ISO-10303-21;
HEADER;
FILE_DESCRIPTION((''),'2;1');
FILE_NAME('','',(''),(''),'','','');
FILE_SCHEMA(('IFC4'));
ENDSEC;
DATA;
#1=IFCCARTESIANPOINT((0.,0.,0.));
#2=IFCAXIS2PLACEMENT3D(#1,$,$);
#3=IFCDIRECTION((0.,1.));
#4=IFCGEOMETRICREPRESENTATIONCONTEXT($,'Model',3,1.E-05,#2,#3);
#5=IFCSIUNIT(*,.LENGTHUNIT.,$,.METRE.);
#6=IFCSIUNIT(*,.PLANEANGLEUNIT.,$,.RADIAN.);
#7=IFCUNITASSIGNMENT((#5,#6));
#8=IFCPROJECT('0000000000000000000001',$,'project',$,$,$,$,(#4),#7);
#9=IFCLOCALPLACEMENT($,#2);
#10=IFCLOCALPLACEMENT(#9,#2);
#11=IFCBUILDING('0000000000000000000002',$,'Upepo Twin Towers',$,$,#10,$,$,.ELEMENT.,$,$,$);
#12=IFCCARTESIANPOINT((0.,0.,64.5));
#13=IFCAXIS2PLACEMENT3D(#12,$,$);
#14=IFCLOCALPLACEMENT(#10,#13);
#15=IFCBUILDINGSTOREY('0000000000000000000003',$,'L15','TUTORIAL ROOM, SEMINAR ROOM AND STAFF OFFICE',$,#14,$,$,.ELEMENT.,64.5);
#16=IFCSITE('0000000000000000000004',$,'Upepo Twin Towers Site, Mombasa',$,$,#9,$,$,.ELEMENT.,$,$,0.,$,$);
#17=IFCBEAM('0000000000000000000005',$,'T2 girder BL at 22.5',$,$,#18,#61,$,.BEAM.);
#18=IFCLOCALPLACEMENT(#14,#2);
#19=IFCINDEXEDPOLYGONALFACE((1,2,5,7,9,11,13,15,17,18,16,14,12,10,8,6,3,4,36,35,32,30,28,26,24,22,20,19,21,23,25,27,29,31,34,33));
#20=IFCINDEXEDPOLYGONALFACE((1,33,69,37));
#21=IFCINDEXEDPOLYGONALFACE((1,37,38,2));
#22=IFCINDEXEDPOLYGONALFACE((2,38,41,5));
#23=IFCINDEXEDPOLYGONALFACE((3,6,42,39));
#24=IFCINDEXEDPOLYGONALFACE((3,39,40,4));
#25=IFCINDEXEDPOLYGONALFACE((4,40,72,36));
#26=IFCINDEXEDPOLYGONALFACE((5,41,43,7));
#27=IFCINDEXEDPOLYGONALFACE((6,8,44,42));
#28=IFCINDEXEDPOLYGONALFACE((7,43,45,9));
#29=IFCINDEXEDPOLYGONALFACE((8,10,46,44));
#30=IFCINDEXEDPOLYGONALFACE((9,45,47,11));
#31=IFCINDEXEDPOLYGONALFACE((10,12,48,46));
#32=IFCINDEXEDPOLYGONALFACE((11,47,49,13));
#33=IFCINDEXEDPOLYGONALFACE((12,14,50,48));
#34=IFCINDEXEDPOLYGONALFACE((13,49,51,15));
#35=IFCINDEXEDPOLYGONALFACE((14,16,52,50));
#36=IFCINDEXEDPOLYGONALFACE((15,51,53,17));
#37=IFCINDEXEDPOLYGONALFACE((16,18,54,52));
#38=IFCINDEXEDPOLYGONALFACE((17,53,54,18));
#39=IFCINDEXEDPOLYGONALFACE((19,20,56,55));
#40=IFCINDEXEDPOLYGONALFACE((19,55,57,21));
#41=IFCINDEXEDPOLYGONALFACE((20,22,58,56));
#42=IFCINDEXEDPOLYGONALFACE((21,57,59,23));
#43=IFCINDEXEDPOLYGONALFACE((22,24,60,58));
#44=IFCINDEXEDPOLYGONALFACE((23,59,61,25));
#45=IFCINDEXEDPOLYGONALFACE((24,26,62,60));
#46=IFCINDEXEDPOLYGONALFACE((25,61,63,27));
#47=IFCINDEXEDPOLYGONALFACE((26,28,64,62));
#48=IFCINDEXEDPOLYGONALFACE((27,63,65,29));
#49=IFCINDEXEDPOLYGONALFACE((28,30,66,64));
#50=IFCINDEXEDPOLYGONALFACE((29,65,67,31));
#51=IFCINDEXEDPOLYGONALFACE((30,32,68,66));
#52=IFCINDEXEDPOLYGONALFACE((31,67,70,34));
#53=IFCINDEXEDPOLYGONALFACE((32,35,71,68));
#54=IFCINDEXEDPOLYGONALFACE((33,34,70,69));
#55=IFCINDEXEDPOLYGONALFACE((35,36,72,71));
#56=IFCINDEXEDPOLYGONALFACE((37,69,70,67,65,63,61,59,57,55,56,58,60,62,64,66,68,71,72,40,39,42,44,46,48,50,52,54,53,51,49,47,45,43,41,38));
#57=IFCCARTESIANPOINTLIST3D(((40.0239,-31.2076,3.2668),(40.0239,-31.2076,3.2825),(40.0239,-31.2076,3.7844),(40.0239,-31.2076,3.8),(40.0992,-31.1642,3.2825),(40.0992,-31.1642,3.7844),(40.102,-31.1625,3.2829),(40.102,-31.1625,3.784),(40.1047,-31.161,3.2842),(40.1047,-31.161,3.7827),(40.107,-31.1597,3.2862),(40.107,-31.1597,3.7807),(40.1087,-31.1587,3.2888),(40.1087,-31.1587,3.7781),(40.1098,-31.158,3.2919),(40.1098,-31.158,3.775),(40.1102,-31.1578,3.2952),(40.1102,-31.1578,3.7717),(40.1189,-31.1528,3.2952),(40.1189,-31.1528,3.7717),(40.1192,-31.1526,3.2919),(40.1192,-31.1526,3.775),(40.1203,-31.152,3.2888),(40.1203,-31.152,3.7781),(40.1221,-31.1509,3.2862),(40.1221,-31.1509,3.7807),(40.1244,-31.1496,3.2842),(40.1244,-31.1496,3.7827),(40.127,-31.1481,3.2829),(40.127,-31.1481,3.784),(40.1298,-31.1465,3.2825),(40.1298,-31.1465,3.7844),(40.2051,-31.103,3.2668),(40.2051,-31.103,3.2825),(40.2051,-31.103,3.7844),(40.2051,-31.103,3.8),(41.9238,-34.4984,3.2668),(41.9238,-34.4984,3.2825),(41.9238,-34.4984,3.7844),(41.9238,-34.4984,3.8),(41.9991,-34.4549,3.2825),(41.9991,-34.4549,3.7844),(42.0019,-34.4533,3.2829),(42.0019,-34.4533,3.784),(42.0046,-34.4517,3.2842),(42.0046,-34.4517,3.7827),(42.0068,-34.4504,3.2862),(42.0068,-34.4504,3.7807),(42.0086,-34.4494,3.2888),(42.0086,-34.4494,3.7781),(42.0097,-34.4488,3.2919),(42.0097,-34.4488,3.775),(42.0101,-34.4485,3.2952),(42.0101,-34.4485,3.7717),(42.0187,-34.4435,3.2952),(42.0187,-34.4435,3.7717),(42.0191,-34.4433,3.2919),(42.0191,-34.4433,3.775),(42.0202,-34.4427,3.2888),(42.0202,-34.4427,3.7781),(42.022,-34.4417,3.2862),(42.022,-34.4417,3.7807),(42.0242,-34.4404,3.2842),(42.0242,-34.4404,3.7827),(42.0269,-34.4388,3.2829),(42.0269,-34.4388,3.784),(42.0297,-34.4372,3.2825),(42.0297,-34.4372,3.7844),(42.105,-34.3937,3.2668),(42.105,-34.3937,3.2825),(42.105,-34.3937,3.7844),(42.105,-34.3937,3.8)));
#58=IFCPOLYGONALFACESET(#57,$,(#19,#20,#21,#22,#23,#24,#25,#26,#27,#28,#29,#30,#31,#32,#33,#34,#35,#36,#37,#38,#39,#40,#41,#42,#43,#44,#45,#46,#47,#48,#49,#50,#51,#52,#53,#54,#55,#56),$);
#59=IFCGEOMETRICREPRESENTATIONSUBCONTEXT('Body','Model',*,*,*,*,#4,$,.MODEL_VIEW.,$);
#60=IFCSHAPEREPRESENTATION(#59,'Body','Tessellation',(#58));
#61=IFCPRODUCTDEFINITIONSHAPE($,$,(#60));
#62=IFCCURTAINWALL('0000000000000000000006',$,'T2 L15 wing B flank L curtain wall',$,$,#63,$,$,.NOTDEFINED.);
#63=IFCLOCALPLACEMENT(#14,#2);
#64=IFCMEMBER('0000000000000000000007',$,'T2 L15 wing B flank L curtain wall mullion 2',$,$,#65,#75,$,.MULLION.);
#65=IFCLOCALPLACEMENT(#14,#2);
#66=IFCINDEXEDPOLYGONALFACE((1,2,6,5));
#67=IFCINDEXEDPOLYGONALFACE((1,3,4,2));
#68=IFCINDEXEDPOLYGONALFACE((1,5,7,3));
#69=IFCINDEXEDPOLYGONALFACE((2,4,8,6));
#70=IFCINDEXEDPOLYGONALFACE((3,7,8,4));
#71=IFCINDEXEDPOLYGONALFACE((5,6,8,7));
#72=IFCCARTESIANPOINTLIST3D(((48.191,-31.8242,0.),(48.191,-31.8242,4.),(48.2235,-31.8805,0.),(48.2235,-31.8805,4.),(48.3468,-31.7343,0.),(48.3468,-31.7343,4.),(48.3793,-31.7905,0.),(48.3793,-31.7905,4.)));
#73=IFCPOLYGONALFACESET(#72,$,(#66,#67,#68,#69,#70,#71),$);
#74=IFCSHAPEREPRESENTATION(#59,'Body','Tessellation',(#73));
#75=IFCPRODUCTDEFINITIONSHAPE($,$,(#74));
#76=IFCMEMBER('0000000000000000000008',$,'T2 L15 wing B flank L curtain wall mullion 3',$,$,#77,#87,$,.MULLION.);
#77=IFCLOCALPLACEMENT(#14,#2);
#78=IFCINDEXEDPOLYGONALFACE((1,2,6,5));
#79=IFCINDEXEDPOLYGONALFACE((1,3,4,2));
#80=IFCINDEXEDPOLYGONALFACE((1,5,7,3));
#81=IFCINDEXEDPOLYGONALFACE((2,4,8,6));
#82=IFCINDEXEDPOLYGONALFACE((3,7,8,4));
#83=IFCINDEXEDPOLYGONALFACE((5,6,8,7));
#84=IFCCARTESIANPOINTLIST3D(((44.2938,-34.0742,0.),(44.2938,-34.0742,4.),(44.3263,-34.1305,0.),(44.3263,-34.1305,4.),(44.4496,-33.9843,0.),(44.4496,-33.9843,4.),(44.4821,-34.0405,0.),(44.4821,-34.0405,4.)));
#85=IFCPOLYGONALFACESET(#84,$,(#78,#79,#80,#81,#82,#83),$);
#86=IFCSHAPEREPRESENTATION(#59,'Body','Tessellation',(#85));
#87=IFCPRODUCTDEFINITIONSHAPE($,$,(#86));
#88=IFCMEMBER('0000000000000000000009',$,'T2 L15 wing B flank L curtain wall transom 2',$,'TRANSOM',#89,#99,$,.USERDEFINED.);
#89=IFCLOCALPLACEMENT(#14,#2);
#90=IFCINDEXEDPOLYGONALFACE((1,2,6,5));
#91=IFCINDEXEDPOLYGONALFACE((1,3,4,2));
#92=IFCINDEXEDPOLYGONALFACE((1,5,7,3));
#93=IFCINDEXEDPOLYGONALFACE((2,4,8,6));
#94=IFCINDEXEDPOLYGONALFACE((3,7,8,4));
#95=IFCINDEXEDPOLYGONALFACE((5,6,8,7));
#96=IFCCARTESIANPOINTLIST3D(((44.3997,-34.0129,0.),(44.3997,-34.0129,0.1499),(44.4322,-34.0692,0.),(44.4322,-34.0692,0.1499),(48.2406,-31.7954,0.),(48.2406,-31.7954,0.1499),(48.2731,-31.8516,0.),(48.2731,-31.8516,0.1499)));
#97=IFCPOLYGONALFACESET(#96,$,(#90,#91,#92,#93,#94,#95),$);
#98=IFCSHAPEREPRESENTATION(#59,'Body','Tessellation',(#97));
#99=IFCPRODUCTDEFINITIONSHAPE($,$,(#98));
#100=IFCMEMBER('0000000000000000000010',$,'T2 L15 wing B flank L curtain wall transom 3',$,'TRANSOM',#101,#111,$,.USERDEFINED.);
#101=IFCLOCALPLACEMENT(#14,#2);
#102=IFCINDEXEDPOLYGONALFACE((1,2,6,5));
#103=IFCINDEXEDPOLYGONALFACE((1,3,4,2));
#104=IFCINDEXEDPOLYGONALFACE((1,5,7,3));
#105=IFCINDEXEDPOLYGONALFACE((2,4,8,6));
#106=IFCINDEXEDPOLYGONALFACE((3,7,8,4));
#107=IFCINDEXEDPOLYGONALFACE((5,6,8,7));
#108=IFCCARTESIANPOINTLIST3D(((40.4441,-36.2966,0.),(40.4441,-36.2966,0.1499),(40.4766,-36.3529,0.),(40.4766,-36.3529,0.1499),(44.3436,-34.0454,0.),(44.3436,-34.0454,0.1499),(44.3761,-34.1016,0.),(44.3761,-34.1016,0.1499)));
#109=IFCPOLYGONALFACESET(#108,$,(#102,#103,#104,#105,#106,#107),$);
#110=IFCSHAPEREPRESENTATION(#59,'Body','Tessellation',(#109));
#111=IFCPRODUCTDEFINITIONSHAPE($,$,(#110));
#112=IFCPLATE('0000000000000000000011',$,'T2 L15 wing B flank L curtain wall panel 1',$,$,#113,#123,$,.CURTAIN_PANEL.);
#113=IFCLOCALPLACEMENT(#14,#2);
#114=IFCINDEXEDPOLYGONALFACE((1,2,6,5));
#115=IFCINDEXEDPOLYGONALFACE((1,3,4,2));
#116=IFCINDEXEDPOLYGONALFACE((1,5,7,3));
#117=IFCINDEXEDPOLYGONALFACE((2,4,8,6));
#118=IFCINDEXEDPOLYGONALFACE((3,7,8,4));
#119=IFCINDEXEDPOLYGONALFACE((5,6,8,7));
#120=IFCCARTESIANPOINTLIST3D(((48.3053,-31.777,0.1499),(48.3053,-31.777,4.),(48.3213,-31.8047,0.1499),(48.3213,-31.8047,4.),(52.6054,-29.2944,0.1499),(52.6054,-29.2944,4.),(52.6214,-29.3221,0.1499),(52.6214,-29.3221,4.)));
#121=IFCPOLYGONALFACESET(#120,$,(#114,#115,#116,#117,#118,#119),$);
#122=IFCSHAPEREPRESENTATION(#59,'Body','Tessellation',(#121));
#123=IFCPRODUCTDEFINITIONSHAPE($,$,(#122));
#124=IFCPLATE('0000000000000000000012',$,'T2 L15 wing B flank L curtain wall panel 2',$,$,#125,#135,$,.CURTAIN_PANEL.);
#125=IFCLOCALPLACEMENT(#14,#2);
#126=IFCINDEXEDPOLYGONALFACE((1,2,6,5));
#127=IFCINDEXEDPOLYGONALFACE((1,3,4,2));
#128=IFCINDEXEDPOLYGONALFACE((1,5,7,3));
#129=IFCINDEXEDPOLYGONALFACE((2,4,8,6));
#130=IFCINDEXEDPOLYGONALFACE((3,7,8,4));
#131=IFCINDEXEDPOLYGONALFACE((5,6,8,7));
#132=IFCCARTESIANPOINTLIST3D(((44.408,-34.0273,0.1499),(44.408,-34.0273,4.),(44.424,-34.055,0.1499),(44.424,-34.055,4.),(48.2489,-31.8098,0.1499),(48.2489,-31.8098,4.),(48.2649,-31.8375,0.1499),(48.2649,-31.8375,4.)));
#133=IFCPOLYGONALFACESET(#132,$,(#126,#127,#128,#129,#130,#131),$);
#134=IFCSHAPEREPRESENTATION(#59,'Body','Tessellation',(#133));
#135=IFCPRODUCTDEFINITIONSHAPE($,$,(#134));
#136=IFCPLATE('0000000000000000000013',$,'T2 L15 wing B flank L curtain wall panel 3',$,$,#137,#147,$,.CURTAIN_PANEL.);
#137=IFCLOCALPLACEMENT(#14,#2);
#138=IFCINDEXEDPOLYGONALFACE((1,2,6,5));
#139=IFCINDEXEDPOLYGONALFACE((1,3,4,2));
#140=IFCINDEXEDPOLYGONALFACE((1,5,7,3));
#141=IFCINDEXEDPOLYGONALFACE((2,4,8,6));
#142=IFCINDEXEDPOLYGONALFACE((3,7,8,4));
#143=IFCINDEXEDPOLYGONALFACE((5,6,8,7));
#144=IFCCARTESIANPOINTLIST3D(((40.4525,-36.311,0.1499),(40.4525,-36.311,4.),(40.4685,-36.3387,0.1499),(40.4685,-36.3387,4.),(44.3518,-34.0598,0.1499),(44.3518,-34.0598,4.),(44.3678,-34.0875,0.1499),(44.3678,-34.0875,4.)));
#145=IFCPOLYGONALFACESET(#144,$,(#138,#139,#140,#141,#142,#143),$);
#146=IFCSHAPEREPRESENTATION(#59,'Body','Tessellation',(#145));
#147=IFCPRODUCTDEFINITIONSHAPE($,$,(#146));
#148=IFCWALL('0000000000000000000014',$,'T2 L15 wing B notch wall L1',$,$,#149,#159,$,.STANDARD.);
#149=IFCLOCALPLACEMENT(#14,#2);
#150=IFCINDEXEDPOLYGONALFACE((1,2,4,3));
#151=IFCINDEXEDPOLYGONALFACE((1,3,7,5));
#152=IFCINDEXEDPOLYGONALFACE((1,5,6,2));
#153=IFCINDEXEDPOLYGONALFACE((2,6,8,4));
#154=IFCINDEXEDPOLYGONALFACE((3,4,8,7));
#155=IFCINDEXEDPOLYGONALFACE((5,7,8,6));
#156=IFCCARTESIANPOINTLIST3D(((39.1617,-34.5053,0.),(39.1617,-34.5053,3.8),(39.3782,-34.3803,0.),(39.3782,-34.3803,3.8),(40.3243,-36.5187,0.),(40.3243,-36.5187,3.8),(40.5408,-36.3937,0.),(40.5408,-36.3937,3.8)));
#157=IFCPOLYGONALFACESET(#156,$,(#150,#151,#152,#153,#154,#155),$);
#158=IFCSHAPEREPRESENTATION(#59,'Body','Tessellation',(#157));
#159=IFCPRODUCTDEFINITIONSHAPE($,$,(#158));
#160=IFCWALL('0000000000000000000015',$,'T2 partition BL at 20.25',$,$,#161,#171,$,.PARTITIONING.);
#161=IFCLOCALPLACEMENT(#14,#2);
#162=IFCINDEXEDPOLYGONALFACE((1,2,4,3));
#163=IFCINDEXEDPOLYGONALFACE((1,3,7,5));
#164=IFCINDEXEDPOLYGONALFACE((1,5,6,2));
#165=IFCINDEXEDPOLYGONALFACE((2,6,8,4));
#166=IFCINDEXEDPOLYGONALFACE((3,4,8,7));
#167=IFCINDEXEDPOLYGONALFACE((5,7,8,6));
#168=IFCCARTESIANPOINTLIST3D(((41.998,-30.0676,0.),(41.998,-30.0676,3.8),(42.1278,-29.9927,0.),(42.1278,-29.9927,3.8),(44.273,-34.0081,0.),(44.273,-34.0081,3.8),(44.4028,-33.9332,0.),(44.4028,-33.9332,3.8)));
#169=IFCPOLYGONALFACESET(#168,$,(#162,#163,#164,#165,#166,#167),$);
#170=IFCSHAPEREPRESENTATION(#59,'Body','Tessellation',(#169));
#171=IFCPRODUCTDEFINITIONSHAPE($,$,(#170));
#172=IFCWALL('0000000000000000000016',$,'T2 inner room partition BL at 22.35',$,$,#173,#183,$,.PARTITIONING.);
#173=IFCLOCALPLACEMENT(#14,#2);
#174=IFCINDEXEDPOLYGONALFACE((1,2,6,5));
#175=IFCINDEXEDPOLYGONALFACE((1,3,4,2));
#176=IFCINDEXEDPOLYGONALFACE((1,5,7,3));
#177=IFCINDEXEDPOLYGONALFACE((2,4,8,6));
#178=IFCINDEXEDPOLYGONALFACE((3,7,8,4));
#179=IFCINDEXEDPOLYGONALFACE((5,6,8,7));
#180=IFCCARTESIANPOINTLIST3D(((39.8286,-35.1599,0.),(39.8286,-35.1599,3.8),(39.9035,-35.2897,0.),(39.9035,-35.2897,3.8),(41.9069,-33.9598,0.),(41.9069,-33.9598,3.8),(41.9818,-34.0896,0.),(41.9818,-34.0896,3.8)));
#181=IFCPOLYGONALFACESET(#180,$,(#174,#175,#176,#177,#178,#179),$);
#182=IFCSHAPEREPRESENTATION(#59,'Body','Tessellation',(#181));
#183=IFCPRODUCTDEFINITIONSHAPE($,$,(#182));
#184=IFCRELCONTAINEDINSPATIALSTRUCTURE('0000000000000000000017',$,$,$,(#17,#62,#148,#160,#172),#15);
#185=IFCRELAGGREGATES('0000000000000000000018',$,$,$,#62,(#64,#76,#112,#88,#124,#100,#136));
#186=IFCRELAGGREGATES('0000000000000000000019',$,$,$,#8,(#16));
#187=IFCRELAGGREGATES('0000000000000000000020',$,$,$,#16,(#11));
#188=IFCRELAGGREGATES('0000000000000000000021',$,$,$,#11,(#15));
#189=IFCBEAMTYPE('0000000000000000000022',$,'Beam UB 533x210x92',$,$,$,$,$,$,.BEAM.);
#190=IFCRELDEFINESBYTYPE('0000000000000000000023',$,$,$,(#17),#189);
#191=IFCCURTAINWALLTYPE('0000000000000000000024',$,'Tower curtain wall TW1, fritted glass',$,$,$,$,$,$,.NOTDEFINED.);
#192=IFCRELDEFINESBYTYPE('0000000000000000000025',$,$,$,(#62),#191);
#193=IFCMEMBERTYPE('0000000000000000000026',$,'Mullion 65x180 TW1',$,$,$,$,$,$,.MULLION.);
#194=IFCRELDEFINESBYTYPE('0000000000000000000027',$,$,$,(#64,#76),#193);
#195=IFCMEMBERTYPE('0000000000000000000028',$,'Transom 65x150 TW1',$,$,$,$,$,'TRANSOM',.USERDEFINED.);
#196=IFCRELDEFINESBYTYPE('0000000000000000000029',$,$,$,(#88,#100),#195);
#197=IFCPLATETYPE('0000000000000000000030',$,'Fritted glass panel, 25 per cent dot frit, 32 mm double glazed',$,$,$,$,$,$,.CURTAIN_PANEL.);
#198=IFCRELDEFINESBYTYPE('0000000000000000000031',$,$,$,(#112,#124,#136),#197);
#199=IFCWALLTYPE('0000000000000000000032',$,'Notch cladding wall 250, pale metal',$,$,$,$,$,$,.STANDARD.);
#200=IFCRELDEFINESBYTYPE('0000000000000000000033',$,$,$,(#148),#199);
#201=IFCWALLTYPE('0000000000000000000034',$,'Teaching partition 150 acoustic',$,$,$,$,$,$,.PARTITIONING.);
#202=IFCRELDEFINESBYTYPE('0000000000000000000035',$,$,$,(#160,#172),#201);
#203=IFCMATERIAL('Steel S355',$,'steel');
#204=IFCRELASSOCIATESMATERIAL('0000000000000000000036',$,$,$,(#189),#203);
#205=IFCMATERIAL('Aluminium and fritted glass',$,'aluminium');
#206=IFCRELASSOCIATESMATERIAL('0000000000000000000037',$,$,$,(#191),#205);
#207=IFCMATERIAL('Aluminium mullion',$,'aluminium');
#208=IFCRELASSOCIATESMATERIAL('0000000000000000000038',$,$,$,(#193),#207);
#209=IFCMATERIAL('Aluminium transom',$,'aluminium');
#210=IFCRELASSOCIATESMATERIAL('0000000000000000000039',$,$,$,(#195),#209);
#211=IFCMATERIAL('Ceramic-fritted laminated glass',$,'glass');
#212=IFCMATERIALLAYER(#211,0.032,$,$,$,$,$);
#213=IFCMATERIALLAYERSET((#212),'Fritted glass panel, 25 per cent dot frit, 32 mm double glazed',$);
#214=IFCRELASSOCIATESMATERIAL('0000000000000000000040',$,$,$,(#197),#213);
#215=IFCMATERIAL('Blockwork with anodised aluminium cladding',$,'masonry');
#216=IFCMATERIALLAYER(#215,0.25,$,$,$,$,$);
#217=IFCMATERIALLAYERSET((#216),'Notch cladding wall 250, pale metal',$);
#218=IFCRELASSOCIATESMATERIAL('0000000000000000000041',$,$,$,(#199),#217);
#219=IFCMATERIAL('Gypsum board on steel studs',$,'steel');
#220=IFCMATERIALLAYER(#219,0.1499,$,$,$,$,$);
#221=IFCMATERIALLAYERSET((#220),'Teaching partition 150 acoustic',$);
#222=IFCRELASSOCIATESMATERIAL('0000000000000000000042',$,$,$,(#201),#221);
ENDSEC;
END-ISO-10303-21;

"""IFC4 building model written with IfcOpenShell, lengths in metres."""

from ifc_helpers import new_model, si_unit, direction, frame, frame_2d, origin, origin_2d, place, context, subcontext, project, spatial, rectangle, i_section, extrude, material, layer, layer_set, material_profile, profile_set, type_object, element, aggregate, save


model = new_model("IFC4")

# Units and contexts
model_context = context("Model", 3, precision=1e-05, world=origin(), true_north=direction((0.0, 1.0)))
body_context = subcontext(model_context, "Body", "Model", "MODEL_VIEW")
ifc_project = project(units=[si_unit("LENGTHUNIT", "METRE"), si_unit("PLANEANGLEUNIT", "RADIAN")], contexts=[model_context])

# Site, building, storey
site_placement = place(None, origin())
site = spatial("IfcSite", under=ifc_project, at=site_placement, Name="Upepo Twin Towers Site, Mombasa", CompositionType="ELEMENT", RefElevation=0.0)
building_placement = place(site_placement, origin())
building = spatial("IfcBuilding", under=site, at=building_placement, Name="Upepo Twin Towers", CompositionType="ELEMENT")
storey_placement = place(building_placement, frame((0.0, 0.0, 64.5)))
storey = spatial("IfcBuildingStorey", under=building, at=storey_placement, Name="L15", Description="TUTORIAL ROOM, SEMINAR ROOM AND STAFF OFFICE", CompositionType="ELEMENT", Elevation=64.5)

# Beam
ifc_material_1 = material(Name="Steel S355", Category="steel")
ifc_material_profile_1 = material_profile(ifc_material_1, i_section(OverallWidth=0.2092, OverallDepth=0.5332, WebThickness=0.01, FlangeThickness=0.0156, FilletRadius=0.0127, at=origin_2d()), Name="UB 533x210x92")
ifc_profile_set_1 = profile_set([ifc_material_profile_1], Name="Steel S355")
beam_type_1 = type_object("IfcBeamType", Name="Beam UB 533x210x92", PredefinedType="BEAM", material=ifc_profile_set_1)
beam_1_placement = place(storey_placement, frame((42.0144, -34.446, 3.5334), z_axis=(-0.499995, 0.866028, 0.0), x_axis=(-0.866028, -0.499995, 0.0)))
element("IfcBeam", 1, at=beam_1_placement, inside=storey, type_object=beam_type_1, Name="T2 girder BL at 22.5", PredefinedType="BEAM", context=body_context, shape_type="SweptSolid", body=[
    extrude(i_section(OverallWidth=0.2092, OverallDepth=0.5332, WebThickness=0.01, FlangeThickness=0.0156, FilletRadius=0.0127, at=origin_2d()), origin(), (0.0, 0.0, 1.0), 3.7998),
])

# Curtain wall, members, plates
ifc_material_2 = material(Name="Aluminium and fritted glass", Category="aluminium")
curtain_wall_type = type_object("IfcCurtainWallType", Name="Tower curtain wall TW1, fritted glass", PredefinedType="NOTDEFINED", material=ifc_material_2)
curtain_wall_placement = place(storey_placement, origin())
curtain_wall = element("IfcCurtainWall", 2, at=curtain_wall_placement, inside=storey, type_object=curtain_wall_type, Name="T2 L15 wing B flank L curtain wall", PredefinedType="NOTDEFINED")
ifc_material_3 = material(Name="Aluminium mullion", Category="aluminium")
ifc_material_profile_2 = material_profile(ifc_material_3, rectangle(XDim=0.0649, YDim=0.1799, at=origin_2d()), Name="MULLION 65x180")
ifc_profile_set_2 = profile_set([ifc_material_profile_2], Name="Aluminium mullion")
member_type_1 = type_object("IfcMemberType", Name="Mullion 65x180 TW1", PredefinedType="MULLION", material=ifc_profile_set_2)
member_1_placement = place(storey_placement, frame((48.2852, -31.8074, 0.0), z_axis=(0.0, 0.0, 1.0), x_axis=(0.5, -0.866025, 0.0)))
member_1 = element("IfcMember", 3, at=member_1_placement, type_object=member_type_1, Name="T2 L15 wing B flank L curtain wall mullion 2", PredefinedType="MULLION", context=body_context, shape_type="SweptSolid", body=[
    extrude(rectangle(XDim=0.0649, YDim=0.1799, at=origin_2d()), origin(), (0.0, 0.0, 1.0), 4.0),
])
member_2_placement = place(storey_placement, frame((44.3879, -34.0574, 0.0), z_axis=(0.0, 0.0, 1.0), x_axis=(0.5, -0.866025, 0.0)))
member_2 = element("IfcMember", 4, at=member_2_placement, type_object=member_type_1, Name="T2 L15 wing B flank L curtain wall mullion 3", PredefinedType="MULLION", context=body_context, shape_type="SweptSolid", body=[
    extrude(rectangle(XDim=0.0649, YDim=0.1799, at=origin_2d()), origin(), (0.0, 0.0, 1.0), 4.0),
])
ifc_material_4 = material(Name="Aluminium transom", Category="aluminium")
ifc_material_profile_3 = material_profile(ifc_material_4, rectangle(XDim=0.0649, YDim=0.1499, at=origin_2d()), Name="TRANSOM 65x150")
ifc_profile_set_3 = profile_set([ifc_material_profile_3], Name="Aluminium transom")
member_type_2 = type_object("IfcMemberType", Name="Transom 65x150 TW1", ElementType="TRANSOM", PredefinedType="USERDEFINED", material=ifc_profile_set_3)
member_3_placement = place(storey_placement, frame((48.2568, -31.8235, 0.075), z_axis=(-0.866022, -0.500005, 0.0), x_axis=(0.500005, -0.866022, 0.0)))
member_3 = element("IfcMember", 5, at=member_3_placement, type_object=member_type_2, Name="T2 L15 wing B flank L curtain wall transom 2", ObjectType="TRANSOM", PredefinedType="USERDEFINED", context=body_context, shape_type="SweptSolid", body=[
    extrude(rectangle(XDim=0.0649, YDim=0.1499, at=origin_2d()), origin(), (0.0, 0.0, 1.0), 4.4351),
])
member_4_placement = place(storey_placement, frame((44.3599, -34.0735, 0.075), z_axis=(-0.866036, -0.499982, 0.0), x_axis=(0.499982, -0.866036, 0.0)))
member_4 = element("IfcMember", 6, at=member_4_placement, type_object=member_type_2, Name="T2 L15 wing B flank L curtain wall transom 3", ObjectType="TRANSOM", PredefinedType="USERDEFINED", context=body_context, shape_type="SweptSolid", body=[
    extrude(rectangle(XDim=0.0649, YDim=0.1499, at=origin_2d()), origin(), (0.0, 0.0, 1.0), 4.5027),
])
ifc_material_5 = material(Name="Ceramic-fritted laminated glass", Category="glass")
ifc_layer_1 = layer(ifc_material_5, 0.032)
ifc_layer_set_1 = layer_set([ifc_layer_1], Name="Fritted glass panel, 25 per cent dot frit, 32 mm double glazed")
plate_type = type_object("IfcPlateType", Name="Fritted glass panel, 25 per cent dot frit, 32 mm double glazed", PredefinedType="CURTAIN_PANEL", material=ifc_layer_set_1)
plate_1_placement = place(storey_placement, frame((50.4634, -30.5496, 0.1499), z_axis=(0.0, 0.0, 1.0), x_axis=(-0.866025, -0.5, 0.0)))
plate_1 = element("IfcPlate", 7, at=plate_1_placement, type_object=plate_type, Name="T2 L15 wing B flank L curtain wall panel 1", PredefinedType="CURTAIN_PANEL", context=body_context, shape_type="SweptSolid", body=[
    extrude(rectangle(XDim=4.9653, YDim=0.032, at=origin_2d()), origin(), (0.0, 0.0, 1.0), 3.8501),
])
plate_2_placement = place(storey_placement, frame((46.3364, -32.9324, 0.1499), z_axis=(0.0, 0.0, 1.0), x_axis=(-0.866025, -0.5, 0.0)))
plate_2 = element("IfcPlate", 8, at=plate_2_placement, type_object=plate_type, Name="T2 L15 wing B flank L curtain wall panel 2", PredefinedType="CURTAIN_PANEL", context=body_context, shape_type="SweptSolid", body=[
    extrude(rectangle(XDim=4.4351, YDim=0.032, at=origin_2d()), origin(), (0.0, 0.0, 1.0), 3.8501),
])
plate_3_placement = place(storey_placement, frame((42.4102, -35.1992, 0.1499), z_axis=(0.0, 0.0, 1.0), x_axis=(-0.866025, -0.5, 0.0)))
plate_3 = element("IfcPlate", 9, at=plate_3_placement, type_object=plate_type, Name="T2 L15 wing B flank L curtain wall panel 3", PredefinedType="CURTAIN_PANEL", context=body_context, shape_type="SweptSolid", body=[
    extrude(rectangle(XDim=4.5024, YDim=0.032, at=origin_2d()), origin(), (0.0, 0.0, 1.0), 3.8501),
])
aggregate(curtain_wall, [member_1, member_2, plate_1, member_3, plate_2, member_4, plate_3])

# Walls
ifc_material_6 = material(Name="Blockwork with anodised aluminium cladding", Category="masonry")
ifc_layer_2 = layer(ifc_material_6, 0.25)
ifc_layer_set_2 = layer_set([ifc_layer_2], Name="Notch cladding wall 250, pale metal")
wall_type_1 = type_object("IfcWallType", Name="Notch cladding wall 250, pale metal", PredefinedType="STANDARD", material=ifc_layer_set_2)
wall_1_placement = place(storey_placement, frame((40.4326, -36.4563, 0.0), z_axis=(0.0, 0.0, 1.0), x_axis=(-0.500047, 0.865998, 0.0)))
element("IfcWall", 10, at=wall_1_placement, inside=storey, type_object=wall_type_1, Name="T2 L15 wing B notch wall L1", PredefinedType="STANDARD", context=body_context, shape_type="SweptSolid", body=[
    extrude(rectangle(XDim=2.325, YDim=0.25, at=frame_2d((1.1626, 0.0))), origin(), (0.0, 0.0, 1.0), 3.8),
])
ifc_material_7 = material(Name="Gypsum board on steel studs", Category="steel")
ifc_layer_3 = layer(ifc_material_7, 0.1499)
ifc_layer_set_3 = layer_set([ifc_layer_3], Name="Teaching partition 150 acoustic")
wall_type_2 = type_object("IfcWallType", Name="Teaching partition 150 acoustic", PredefinedType="PARTITIONING", material=ifc_layer_set_3)
wall_2_placement = place(storey_placement, frame((42.063, -30.0303, 0.0), z_axis=(0.0, 0.0, 1.0), x_axis=(0.499983, -0.866035, 0.0)))
element("IfcWall", 11, at=wall_2_placement, inside=storey, type_object=wall_type_2, Name="T2 partition BL at 20.25", PredefinedType="PARTITIONING", context=body_context, shape_type="SweptSolid", body=[
    extrude(rectangle(XDim=4.55, YDim=0.1499, at=frame_2d((2.2749, 0.0))), origin(), (0.0, 0.0, 1.0), 3.8),
])
wall_3_placement = place(storey_placement, frame((41.9443, -34.0247, 0.0), z_axis=(0.0, 0.0, 1.0), x_axis=(-0.865981, -0.500078, 0.0)))
element("IfcWall", 12, at=wall_3_placement, inside=storey, type_object=wall_type_2, Name="T2 inner room partition BL at 22.35", PredefinedType="PARTITIONING", context=body_context, shape_type="SweptSolid", body=[
    extrude(rectangle(XDim=2.3999, YDim=0.1499, at=frame_2d((1.2, 0.0))), origin(), (0.0, 0.0, 1.0), 3.8),
])

save(model, "model.ifc")
